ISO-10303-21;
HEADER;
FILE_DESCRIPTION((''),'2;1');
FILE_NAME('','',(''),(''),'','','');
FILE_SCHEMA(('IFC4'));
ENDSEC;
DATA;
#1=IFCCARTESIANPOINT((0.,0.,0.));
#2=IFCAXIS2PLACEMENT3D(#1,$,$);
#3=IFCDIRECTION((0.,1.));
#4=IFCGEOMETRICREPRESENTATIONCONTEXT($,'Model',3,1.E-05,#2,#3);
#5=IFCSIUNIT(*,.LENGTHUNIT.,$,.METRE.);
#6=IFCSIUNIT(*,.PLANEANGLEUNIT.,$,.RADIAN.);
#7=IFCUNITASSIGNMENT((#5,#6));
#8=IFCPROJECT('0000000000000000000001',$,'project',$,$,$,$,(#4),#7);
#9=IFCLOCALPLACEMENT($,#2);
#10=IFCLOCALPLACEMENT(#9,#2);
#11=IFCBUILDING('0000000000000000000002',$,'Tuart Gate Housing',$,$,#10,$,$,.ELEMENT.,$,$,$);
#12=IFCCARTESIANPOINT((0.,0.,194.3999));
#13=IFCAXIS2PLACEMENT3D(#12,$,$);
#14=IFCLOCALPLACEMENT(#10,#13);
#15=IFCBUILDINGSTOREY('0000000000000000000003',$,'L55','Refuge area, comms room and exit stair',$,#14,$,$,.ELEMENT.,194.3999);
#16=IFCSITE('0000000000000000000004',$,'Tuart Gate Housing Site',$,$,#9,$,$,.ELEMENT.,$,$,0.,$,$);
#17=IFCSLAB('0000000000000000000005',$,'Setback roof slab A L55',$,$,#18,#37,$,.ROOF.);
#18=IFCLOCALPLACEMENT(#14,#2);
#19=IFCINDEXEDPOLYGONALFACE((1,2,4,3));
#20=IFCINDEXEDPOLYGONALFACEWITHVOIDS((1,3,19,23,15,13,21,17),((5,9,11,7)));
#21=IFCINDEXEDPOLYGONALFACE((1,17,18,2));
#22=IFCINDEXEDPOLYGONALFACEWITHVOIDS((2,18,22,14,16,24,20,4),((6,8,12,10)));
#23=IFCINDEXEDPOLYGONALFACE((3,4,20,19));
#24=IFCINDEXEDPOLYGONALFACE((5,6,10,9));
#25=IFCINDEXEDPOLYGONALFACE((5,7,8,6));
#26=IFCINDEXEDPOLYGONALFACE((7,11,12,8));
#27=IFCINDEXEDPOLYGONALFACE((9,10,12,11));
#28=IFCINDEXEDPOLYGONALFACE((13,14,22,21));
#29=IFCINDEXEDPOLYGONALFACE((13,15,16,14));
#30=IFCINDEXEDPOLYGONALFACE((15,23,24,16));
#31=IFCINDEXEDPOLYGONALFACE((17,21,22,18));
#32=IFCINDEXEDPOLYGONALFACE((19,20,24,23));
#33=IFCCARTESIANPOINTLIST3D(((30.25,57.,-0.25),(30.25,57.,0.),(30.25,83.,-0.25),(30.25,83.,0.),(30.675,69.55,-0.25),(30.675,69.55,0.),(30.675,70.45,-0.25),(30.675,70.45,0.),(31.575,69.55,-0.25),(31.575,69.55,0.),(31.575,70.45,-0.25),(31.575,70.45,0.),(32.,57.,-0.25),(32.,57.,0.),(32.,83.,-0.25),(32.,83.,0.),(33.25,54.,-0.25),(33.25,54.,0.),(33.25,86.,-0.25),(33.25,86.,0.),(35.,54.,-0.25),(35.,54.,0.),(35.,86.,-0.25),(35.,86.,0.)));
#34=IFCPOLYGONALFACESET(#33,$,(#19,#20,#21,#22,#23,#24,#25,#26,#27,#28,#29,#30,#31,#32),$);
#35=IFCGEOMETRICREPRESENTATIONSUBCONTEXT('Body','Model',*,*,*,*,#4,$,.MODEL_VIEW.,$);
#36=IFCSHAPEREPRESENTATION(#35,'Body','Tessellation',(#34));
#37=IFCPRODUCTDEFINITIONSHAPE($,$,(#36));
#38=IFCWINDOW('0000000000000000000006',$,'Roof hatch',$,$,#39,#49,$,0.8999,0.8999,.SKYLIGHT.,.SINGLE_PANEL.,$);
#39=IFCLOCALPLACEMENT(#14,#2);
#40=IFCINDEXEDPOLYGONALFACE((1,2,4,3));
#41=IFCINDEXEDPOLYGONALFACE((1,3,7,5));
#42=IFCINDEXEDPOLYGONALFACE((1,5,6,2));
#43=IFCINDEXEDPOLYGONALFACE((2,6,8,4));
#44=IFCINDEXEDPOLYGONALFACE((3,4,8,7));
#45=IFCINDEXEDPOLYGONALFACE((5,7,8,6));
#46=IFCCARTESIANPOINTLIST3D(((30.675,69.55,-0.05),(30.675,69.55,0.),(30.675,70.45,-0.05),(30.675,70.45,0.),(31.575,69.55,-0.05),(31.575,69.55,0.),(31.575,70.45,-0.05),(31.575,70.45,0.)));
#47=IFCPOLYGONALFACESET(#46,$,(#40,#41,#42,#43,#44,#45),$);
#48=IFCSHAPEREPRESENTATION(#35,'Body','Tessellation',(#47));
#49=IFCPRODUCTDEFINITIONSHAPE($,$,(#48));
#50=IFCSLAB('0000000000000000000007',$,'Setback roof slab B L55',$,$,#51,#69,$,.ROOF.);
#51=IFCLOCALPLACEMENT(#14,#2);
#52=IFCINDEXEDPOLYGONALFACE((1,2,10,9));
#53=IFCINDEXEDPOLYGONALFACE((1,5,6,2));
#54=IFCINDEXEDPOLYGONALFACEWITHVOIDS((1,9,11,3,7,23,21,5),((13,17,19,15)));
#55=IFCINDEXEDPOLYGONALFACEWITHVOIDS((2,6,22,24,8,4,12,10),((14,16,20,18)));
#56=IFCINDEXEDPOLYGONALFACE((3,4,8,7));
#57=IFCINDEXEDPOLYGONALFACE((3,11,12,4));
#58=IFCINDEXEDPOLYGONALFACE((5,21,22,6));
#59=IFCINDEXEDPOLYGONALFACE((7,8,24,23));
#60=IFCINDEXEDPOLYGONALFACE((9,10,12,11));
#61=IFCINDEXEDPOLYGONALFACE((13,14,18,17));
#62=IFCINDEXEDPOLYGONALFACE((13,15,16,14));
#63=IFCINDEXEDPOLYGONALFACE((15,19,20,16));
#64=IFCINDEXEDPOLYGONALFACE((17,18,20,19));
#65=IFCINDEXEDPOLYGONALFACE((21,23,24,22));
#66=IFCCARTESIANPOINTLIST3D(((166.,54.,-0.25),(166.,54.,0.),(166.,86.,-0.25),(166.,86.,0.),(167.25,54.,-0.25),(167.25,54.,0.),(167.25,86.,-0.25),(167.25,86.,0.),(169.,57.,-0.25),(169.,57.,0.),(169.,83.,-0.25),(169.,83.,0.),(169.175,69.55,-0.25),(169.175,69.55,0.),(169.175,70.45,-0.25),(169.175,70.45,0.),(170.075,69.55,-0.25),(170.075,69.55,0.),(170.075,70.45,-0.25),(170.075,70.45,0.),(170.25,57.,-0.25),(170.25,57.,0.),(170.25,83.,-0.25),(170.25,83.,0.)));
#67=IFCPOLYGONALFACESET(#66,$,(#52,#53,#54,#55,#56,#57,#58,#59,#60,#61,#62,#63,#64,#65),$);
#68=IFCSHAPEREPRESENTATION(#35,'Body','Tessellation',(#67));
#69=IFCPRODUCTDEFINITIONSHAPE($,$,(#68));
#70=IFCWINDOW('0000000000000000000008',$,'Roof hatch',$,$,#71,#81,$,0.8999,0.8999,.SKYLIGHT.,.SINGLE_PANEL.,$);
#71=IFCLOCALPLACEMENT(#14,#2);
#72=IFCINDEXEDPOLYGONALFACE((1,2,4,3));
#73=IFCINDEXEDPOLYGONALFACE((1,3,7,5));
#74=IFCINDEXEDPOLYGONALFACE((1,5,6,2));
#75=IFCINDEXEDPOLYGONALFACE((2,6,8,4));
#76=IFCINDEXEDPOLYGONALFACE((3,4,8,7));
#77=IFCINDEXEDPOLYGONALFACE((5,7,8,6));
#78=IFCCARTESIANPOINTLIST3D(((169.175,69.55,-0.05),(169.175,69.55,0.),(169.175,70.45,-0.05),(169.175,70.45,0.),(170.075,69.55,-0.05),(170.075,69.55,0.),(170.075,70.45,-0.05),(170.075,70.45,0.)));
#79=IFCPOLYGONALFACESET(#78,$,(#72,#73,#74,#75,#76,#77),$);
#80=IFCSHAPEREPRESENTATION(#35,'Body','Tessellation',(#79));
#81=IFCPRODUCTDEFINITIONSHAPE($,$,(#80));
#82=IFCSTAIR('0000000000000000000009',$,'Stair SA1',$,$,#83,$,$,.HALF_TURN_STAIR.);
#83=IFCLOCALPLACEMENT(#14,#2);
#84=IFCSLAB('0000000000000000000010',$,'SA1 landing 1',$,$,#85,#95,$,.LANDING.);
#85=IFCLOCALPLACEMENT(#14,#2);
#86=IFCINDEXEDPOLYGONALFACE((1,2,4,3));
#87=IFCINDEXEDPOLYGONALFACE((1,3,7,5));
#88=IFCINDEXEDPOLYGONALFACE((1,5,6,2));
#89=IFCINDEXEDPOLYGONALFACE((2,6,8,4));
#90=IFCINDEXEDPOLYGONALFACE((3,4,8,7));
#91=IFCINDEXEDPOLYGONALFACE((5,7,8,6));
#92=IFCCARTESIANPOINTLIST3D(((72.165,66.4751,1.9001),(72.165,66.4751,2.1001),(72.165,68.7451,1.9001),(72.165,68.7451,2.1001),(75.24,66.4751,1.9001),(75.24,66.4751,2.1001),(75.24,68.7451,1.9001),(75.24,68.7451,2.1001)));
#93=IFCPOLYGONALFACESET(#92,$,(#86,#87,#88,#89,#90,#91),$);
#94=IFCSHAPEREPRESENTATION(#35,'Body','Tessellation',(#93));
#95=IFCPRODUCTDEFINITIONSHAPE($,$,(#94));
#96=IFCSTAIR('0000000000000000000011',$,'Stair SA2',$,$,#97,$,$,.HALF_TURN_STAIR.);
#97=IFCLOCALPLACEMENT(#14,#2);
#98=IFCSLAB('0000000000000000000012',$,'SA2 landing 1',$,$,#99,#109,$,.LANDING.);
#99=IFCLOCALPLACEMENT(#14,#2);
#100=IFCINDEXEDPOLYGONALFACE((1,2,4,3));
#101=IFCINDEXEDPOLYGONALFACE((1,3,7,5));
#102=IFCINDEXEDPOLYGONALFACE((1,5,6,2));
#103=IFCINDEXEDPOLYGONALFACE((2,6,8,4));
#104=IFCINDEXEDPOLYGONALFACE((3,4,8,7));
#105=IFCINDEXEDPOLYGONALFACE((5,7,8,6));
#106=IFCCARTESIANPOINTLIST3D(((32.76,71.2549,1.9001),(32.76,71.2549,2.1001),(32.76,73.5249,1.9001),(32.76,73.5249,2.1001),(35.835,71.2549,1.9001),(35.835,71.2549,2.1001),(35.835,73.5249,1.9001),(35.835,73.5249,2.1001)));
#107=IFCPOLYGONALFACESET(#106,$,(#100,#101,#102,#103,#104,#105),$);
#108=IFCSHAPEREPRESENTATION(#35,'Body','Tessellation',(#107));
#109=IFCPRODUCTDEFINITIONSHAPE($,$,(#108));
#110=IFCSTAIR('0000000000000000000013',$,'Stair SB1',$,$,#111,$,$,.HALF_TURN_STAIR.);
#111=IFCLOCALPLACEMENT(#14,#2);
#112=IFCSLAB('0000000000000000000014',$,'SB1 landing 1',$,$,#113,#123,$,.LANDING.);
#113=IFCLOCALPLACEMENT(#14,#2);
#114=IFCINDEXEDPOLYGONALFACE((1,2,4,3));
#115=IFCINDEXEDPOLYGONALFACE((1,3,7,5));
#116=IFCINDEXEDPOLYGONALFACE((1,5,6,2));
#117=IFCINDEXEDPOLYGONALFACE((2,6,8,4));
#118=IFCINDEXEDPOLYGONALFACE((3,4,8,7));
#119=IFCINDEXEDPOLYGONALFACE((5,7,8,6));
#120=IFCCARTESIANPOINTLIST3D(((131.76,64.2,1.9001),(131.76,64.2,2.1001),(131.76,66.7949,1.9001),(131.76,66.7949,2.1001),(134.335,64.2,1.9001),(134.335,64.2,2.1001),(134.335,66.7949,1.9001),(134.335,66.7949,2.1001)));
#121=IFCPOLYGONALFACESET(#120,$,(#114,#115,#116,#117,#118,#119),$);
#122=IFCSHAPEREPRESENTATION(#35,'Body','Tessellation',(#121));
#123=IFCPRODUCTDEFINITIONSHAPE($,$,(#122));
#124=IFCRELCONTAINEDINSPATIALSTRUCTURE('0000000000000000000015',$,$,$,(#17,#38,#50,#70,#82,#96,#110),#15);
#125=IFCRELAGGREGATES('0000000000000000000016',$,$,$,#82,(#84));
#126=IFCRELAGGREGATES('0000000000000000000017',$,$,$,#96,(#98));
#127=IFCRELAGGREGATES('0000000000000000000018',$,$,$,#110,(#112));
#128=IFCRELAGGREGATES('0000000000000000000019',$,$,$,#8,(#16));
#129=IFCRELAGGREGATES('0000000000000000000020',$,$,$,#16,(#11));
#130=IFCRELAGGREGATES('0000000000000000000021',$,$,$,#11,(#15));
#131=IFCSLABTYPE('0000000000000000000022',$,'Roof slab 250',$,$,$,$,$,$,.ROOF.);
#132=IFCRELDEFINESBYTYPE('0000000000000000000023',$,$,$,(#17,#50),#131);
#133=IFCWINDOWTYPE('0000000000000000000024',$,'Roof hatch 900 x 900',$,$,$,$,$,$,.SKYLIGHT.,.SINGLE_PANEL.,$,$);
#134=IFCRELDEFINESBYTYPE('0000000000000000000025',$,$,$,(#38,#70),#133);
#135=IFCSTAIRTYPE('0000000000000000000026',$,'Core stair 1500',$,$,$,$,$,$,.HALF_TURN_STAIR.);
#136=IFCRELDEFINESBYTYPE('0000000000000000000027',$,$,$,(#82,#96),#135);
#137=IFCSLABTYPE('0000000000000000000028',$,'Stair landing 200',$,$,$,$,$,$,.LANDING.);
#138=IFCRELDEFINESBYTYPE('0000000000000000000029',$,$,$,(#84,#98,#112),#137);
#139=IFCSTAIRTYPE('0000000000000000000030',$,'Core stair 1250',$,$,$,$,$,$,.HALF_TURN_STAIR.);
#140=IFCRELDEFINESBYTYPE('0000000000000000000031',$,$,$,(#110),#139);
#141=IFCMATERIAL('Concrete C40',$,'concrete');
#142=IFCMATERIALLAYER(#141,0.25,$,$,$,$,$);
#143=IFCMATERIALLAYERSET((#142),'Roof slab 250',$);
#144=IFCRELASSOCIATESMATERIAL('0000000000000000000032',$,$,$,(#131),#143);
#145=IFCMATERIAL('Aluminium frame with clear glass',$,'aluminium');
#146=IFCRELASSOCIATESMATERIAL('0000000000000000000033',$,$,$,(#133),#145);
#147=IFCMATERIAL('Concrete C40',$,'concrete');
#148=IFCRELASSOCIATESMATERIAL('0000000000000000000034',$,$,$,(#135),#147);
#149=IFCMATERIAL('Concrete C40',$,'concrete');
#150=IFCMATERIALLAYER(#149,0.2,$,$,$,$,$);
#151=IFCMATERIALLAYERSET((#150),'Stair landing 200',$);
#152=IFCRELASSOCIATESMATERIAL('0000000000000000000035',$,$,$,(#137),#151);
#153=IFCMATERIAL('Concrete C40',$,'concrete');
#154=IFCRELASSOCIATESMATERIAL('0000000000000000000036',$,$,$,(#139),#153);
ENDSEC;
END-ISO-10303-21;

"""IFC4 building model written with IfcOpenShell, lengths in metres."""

from ifc_helpers import new_model, si_unit, direction, frame, origin, origin_2d, place, context, subcontext, project, spatial, polyline, rectangle, outline, extrude, material, layer, layer_set, type_object, element, fill, aggregate, save


model = new_model("IFC4")

# Units and contexts
model_context = context("Model", 3, precision=1e-05, world=origin(), true_north=direction((0.0, 1.0)))
body_context = subcontext(model_context, "Body", "Model", "MODEL_VIEW")
ifc_project = project(units=[si_unit("LENGTHUNIT", "METRE"), si_unit("PLANEANGLEUNIT", "RADIAN")], contexts=[model_context])

# Site, building, storey
site_placement = place(None, origin())
site = spatial("IfcSite", under=ifc_project, at=site_placement, Name="Tuart Gate Housing Site", CompositionType="ELEMENT", RefElevation=0.0)
building_placement = place(site_placement, origin())
building = spatial("IfcBuilding", under=site, at=building_placement, Name="Tuart Gate Housing", CompositionType="ELEMENT")
storey_placement = place(building_placement, frame((0.0, 0.0, 194.3999)))
storey = spatial("IfcBuildingStorey", under=building, at=storey_placement, Name="L55", Description="Refuge area, comms room and exit stair", CompositionType="ELEMENT", Elevation=194.3999)

# Slabs, openings, windows
ifc_material_1 = material(Name="Concrete C40", Category="concrete")
ifc_layer_1 = layer(ifc_material_1, 0.25)
ifc_layer_set_1 = layer_set([ifc_layer_1], Name="Roof slab 250")
slab_type_1 = type_object("IfcSlabType", Name="Roof slab 250", PredefinedType="ROOF", material=ifc_layer_set_1)
slab_1_placement = place(storey_placement, frame((0.0, 0.0, -0.25)))
slab_1 = element("IfcSlab", 1, at=slab_1_placement, inside=storey, type_object=slab_type_1, Name="Setback roof slab A L55", PredefinedType="ROOF", context=body_context, shape_type="SweptSolid", body=[
    extrude(outline(polyline([(33.25, 54.0), (35.0, 54.0), (32.0, 57.0), (32.0, 83.0), (35.0, 86.0), (33.25, 86.0), (30.25, 83.0), (30.25, 57.0), (33.25, 54.0)])), origin(), (0.0, 0.0, 1.0), 0.25),
])
opening_1_placement = place(slab_1_placement, frame((31.125, 70.0, 0.0)))
opening_1 = element("IfcOpeningElement", 2, at=opening_1_placement, cuts=slab_1, PredefinedType="OPENING", context=body_context, shape_type="SweptSolid", body=[
    extrude(rectangle(XDim=0.8999, YDim=0.8999, at=origin_2d()), frame((0.0, 0.0, -0.01)), (0.0, 0.0, 1.0), 0.27),
])
ifc_material_2 = material(Name="Aluminium frame with clear glass", Category="aluminium")
window_type = type_object("IfcWindowType", Name="Roof hatch 900 x 900", PartitioningType="SINGLE_PANEL", PredefinedType="SKYLIGHT", material=ifc_material_2)
window_1_placement = place(opening_1_placement, frame((0.0, 0.0, 0.2)))
window_1 = element("IfcWindow", 3, at=window_1_placement, inside=storey, type_object=window_type, Name="Roof hatch", OverallHeight=0.8999, OverallWidth=0.8999, PartitioningType="SINGLE_PANEL", PredefinedType="SKYLIGHT", context=body_context, shape_type="SweptSolid", body=[
    extrude(rectangle(XDim=0.8999, YDim=0.8999, at=origin_2d()), origin(), (0.0, 0.0, 1.0), 0.05),
])
fill(opening_1, window_1)
slab_2_placement = place(storey_placement, frame((0.0, 0.0, -0.25)))
slab_2 = element("IfcSlab", 4, at=slab_2_placement, inside=storey, type_object=slab_type_1, Name="Setback roof slab B L55", PredefinedType="ROOF", context=body_context, shape_type="SweptSolid", body=[
    extrude(outline(polyline([(167.25, 86.0), (166.0, 86.0), (169.0, 83.0), (169.0, 57.0), (166.0, 54.0), (167.25, 54.0), (170.25, 57.0), (170.25, 83.0), (167.25, 86.0)])), origin(), (0.0, 0.0, 1.0), 0.25),
])
opening_2_placement = place(slab_2_placement, frame((169.625, 70.0, 0.0)))
opening_2 = element("IfcOpeningElement", 5, at=opening_2_placement, cuts=slab_2, PredefinedType="OPENING", context=body_context, shape_type="SweptSolid", body=[
    extrude(rectangle(XDim=0.8999, YDim=0.8999, at=origin_2d()), frame((0.0, 0.0, -0.01)), (0.0, 0.0, 1.0), 0.27),
])
window_2_placement = place(opening_2_placement, frame((0.0, 0.0, 0.2)))
window_2 = element("IfcWindow", 6, at=window_2_placement, inside=storey, type_object=window_type, Name="Roof hatch", OverallHeight=0.8999, OverallWidth=0.8999, PartitioningType="SINGLE_PANEL", PredefinedType="SKYLIGHT", context=body_context, shape_type="SweptSolid", body=[
    extrude(rectangle(XDim=0.8999, YDim=0.8999, at=origin_2d()), origin(), (0.0, 0.0, 1.0), 0.05),
])
fill(opening_2, window_2)

# Stairs, slabs
ifc_material_3 = material(Name="Concrete C40", Category="concrete")
stair_type_1 = type_object("IfcStairType", Name="Core stair 1500", PredefinedType="HALF_TURN_STAIR", material=ifc_material_3)
stair_1_placement = place(storey_placement, origin())
stair_1 = element("IfcStair", 7, at=stair_1_placement, inside=storey, type_object=stair_type_1, Name="Stair SA1", PredefinedType="HALF_TURN_STAIR")
ifc_material_4 = material(Name="Concrete C40", Category="concrete")
ifc_layer_2 = layer(ifc_material_4, 0.2)
ifc_layer_set_2 = layer_set([ifc_layer_2], Name="Stair landing 200")
slab_type_2 = type_object("IfcSlabType", Name="Stair landing 200", PredefinedType="LANDING", material=ifc_layer_set_2)
slab_3_placement = place(storey_placement, frame((0.0, 0.0, 1.9001)))
slab_3 = element("IfcSlab", 8, at=slab_3_placement, type_object=slab_type_2, Name="SA1 landing 1", PredefinedType="LANDING", context=body_context, shape_type="SweptSolid", body=[
    extrude(outline(polyline([(72.165, 66.4751), (75.24, 66.4751), (75.24, 68.7451), (72.165, 68.7451), (72.165, 66.4751)])), origin(), (0.0, 0.0, 1.0), 0.2),
])
aggregate(stair_1, [slab_3])
stair_2_placement = place(storey_placement, origin())
stair_2 = element("IfcStair", 9, at=stair_2_placement, inside=storey, type_object=stair_type_1, Name="Stair SA2", PredefinedType="HALF_TURN_STAIR")
slab_4_placement = place(storey_placement, frame((0.0, 0.0, 1.9001)))
slab_4 = element("IfcSlab", 10, at=slab_4_placement, type_object=slab_type_2, Name="SA2 landing 1", PredefinedType="LANDING", context=body_context, shape_type="SweptSolid", body=[
    extrude(outline(polyline([(35.835, 73.5249), (32.76, 73.5249), (32.76, 71.2549), (35.835, 71.2549), (35.835, 73.5249)])), origin(), (0.0, 0.0, 1.0), 0.2),
])
aggregate(stair_2, [slab_4])
ifc_material_5 = material(Name="Concrete C40", Category="concrete")
stair_type_2 = type_object("IfcStairType", Name="Core stair 1250", PredefinedType="HALF_TURN_STAIR", material=ifc_material_5)
stair_3_placement = place(storey_placement, origin())
stair_3 = element("IfcStair", 11, at=stair_3_placement, inside=storey, type_object=stair_type_2, Name="Stair SB1", PredefinedType="HALF_TURN_STAIR")
slab_5_placement = place(storey_placement, frame((0.0, 0.0, 1.9001)))
slab_5 = element("IfcSlab", 12, at=slab_5_placement, type_object=slab_type_2, Name="SB1 landing 1", PredefinedType="LANDING", context=body_context, shape_type="SweptSolid", body=[
    extrude(outline(polyline([(134.335, 66.7949), (131.76, 66.7949), (131.76, 64.2), (134.335, 64.2), (134.335, 66.7949)])), origin(), (0.0, 0.0, 1.0), 0.2),
])
aggregate(stair_3, [slab_5])

save(model, "model.ifc")
